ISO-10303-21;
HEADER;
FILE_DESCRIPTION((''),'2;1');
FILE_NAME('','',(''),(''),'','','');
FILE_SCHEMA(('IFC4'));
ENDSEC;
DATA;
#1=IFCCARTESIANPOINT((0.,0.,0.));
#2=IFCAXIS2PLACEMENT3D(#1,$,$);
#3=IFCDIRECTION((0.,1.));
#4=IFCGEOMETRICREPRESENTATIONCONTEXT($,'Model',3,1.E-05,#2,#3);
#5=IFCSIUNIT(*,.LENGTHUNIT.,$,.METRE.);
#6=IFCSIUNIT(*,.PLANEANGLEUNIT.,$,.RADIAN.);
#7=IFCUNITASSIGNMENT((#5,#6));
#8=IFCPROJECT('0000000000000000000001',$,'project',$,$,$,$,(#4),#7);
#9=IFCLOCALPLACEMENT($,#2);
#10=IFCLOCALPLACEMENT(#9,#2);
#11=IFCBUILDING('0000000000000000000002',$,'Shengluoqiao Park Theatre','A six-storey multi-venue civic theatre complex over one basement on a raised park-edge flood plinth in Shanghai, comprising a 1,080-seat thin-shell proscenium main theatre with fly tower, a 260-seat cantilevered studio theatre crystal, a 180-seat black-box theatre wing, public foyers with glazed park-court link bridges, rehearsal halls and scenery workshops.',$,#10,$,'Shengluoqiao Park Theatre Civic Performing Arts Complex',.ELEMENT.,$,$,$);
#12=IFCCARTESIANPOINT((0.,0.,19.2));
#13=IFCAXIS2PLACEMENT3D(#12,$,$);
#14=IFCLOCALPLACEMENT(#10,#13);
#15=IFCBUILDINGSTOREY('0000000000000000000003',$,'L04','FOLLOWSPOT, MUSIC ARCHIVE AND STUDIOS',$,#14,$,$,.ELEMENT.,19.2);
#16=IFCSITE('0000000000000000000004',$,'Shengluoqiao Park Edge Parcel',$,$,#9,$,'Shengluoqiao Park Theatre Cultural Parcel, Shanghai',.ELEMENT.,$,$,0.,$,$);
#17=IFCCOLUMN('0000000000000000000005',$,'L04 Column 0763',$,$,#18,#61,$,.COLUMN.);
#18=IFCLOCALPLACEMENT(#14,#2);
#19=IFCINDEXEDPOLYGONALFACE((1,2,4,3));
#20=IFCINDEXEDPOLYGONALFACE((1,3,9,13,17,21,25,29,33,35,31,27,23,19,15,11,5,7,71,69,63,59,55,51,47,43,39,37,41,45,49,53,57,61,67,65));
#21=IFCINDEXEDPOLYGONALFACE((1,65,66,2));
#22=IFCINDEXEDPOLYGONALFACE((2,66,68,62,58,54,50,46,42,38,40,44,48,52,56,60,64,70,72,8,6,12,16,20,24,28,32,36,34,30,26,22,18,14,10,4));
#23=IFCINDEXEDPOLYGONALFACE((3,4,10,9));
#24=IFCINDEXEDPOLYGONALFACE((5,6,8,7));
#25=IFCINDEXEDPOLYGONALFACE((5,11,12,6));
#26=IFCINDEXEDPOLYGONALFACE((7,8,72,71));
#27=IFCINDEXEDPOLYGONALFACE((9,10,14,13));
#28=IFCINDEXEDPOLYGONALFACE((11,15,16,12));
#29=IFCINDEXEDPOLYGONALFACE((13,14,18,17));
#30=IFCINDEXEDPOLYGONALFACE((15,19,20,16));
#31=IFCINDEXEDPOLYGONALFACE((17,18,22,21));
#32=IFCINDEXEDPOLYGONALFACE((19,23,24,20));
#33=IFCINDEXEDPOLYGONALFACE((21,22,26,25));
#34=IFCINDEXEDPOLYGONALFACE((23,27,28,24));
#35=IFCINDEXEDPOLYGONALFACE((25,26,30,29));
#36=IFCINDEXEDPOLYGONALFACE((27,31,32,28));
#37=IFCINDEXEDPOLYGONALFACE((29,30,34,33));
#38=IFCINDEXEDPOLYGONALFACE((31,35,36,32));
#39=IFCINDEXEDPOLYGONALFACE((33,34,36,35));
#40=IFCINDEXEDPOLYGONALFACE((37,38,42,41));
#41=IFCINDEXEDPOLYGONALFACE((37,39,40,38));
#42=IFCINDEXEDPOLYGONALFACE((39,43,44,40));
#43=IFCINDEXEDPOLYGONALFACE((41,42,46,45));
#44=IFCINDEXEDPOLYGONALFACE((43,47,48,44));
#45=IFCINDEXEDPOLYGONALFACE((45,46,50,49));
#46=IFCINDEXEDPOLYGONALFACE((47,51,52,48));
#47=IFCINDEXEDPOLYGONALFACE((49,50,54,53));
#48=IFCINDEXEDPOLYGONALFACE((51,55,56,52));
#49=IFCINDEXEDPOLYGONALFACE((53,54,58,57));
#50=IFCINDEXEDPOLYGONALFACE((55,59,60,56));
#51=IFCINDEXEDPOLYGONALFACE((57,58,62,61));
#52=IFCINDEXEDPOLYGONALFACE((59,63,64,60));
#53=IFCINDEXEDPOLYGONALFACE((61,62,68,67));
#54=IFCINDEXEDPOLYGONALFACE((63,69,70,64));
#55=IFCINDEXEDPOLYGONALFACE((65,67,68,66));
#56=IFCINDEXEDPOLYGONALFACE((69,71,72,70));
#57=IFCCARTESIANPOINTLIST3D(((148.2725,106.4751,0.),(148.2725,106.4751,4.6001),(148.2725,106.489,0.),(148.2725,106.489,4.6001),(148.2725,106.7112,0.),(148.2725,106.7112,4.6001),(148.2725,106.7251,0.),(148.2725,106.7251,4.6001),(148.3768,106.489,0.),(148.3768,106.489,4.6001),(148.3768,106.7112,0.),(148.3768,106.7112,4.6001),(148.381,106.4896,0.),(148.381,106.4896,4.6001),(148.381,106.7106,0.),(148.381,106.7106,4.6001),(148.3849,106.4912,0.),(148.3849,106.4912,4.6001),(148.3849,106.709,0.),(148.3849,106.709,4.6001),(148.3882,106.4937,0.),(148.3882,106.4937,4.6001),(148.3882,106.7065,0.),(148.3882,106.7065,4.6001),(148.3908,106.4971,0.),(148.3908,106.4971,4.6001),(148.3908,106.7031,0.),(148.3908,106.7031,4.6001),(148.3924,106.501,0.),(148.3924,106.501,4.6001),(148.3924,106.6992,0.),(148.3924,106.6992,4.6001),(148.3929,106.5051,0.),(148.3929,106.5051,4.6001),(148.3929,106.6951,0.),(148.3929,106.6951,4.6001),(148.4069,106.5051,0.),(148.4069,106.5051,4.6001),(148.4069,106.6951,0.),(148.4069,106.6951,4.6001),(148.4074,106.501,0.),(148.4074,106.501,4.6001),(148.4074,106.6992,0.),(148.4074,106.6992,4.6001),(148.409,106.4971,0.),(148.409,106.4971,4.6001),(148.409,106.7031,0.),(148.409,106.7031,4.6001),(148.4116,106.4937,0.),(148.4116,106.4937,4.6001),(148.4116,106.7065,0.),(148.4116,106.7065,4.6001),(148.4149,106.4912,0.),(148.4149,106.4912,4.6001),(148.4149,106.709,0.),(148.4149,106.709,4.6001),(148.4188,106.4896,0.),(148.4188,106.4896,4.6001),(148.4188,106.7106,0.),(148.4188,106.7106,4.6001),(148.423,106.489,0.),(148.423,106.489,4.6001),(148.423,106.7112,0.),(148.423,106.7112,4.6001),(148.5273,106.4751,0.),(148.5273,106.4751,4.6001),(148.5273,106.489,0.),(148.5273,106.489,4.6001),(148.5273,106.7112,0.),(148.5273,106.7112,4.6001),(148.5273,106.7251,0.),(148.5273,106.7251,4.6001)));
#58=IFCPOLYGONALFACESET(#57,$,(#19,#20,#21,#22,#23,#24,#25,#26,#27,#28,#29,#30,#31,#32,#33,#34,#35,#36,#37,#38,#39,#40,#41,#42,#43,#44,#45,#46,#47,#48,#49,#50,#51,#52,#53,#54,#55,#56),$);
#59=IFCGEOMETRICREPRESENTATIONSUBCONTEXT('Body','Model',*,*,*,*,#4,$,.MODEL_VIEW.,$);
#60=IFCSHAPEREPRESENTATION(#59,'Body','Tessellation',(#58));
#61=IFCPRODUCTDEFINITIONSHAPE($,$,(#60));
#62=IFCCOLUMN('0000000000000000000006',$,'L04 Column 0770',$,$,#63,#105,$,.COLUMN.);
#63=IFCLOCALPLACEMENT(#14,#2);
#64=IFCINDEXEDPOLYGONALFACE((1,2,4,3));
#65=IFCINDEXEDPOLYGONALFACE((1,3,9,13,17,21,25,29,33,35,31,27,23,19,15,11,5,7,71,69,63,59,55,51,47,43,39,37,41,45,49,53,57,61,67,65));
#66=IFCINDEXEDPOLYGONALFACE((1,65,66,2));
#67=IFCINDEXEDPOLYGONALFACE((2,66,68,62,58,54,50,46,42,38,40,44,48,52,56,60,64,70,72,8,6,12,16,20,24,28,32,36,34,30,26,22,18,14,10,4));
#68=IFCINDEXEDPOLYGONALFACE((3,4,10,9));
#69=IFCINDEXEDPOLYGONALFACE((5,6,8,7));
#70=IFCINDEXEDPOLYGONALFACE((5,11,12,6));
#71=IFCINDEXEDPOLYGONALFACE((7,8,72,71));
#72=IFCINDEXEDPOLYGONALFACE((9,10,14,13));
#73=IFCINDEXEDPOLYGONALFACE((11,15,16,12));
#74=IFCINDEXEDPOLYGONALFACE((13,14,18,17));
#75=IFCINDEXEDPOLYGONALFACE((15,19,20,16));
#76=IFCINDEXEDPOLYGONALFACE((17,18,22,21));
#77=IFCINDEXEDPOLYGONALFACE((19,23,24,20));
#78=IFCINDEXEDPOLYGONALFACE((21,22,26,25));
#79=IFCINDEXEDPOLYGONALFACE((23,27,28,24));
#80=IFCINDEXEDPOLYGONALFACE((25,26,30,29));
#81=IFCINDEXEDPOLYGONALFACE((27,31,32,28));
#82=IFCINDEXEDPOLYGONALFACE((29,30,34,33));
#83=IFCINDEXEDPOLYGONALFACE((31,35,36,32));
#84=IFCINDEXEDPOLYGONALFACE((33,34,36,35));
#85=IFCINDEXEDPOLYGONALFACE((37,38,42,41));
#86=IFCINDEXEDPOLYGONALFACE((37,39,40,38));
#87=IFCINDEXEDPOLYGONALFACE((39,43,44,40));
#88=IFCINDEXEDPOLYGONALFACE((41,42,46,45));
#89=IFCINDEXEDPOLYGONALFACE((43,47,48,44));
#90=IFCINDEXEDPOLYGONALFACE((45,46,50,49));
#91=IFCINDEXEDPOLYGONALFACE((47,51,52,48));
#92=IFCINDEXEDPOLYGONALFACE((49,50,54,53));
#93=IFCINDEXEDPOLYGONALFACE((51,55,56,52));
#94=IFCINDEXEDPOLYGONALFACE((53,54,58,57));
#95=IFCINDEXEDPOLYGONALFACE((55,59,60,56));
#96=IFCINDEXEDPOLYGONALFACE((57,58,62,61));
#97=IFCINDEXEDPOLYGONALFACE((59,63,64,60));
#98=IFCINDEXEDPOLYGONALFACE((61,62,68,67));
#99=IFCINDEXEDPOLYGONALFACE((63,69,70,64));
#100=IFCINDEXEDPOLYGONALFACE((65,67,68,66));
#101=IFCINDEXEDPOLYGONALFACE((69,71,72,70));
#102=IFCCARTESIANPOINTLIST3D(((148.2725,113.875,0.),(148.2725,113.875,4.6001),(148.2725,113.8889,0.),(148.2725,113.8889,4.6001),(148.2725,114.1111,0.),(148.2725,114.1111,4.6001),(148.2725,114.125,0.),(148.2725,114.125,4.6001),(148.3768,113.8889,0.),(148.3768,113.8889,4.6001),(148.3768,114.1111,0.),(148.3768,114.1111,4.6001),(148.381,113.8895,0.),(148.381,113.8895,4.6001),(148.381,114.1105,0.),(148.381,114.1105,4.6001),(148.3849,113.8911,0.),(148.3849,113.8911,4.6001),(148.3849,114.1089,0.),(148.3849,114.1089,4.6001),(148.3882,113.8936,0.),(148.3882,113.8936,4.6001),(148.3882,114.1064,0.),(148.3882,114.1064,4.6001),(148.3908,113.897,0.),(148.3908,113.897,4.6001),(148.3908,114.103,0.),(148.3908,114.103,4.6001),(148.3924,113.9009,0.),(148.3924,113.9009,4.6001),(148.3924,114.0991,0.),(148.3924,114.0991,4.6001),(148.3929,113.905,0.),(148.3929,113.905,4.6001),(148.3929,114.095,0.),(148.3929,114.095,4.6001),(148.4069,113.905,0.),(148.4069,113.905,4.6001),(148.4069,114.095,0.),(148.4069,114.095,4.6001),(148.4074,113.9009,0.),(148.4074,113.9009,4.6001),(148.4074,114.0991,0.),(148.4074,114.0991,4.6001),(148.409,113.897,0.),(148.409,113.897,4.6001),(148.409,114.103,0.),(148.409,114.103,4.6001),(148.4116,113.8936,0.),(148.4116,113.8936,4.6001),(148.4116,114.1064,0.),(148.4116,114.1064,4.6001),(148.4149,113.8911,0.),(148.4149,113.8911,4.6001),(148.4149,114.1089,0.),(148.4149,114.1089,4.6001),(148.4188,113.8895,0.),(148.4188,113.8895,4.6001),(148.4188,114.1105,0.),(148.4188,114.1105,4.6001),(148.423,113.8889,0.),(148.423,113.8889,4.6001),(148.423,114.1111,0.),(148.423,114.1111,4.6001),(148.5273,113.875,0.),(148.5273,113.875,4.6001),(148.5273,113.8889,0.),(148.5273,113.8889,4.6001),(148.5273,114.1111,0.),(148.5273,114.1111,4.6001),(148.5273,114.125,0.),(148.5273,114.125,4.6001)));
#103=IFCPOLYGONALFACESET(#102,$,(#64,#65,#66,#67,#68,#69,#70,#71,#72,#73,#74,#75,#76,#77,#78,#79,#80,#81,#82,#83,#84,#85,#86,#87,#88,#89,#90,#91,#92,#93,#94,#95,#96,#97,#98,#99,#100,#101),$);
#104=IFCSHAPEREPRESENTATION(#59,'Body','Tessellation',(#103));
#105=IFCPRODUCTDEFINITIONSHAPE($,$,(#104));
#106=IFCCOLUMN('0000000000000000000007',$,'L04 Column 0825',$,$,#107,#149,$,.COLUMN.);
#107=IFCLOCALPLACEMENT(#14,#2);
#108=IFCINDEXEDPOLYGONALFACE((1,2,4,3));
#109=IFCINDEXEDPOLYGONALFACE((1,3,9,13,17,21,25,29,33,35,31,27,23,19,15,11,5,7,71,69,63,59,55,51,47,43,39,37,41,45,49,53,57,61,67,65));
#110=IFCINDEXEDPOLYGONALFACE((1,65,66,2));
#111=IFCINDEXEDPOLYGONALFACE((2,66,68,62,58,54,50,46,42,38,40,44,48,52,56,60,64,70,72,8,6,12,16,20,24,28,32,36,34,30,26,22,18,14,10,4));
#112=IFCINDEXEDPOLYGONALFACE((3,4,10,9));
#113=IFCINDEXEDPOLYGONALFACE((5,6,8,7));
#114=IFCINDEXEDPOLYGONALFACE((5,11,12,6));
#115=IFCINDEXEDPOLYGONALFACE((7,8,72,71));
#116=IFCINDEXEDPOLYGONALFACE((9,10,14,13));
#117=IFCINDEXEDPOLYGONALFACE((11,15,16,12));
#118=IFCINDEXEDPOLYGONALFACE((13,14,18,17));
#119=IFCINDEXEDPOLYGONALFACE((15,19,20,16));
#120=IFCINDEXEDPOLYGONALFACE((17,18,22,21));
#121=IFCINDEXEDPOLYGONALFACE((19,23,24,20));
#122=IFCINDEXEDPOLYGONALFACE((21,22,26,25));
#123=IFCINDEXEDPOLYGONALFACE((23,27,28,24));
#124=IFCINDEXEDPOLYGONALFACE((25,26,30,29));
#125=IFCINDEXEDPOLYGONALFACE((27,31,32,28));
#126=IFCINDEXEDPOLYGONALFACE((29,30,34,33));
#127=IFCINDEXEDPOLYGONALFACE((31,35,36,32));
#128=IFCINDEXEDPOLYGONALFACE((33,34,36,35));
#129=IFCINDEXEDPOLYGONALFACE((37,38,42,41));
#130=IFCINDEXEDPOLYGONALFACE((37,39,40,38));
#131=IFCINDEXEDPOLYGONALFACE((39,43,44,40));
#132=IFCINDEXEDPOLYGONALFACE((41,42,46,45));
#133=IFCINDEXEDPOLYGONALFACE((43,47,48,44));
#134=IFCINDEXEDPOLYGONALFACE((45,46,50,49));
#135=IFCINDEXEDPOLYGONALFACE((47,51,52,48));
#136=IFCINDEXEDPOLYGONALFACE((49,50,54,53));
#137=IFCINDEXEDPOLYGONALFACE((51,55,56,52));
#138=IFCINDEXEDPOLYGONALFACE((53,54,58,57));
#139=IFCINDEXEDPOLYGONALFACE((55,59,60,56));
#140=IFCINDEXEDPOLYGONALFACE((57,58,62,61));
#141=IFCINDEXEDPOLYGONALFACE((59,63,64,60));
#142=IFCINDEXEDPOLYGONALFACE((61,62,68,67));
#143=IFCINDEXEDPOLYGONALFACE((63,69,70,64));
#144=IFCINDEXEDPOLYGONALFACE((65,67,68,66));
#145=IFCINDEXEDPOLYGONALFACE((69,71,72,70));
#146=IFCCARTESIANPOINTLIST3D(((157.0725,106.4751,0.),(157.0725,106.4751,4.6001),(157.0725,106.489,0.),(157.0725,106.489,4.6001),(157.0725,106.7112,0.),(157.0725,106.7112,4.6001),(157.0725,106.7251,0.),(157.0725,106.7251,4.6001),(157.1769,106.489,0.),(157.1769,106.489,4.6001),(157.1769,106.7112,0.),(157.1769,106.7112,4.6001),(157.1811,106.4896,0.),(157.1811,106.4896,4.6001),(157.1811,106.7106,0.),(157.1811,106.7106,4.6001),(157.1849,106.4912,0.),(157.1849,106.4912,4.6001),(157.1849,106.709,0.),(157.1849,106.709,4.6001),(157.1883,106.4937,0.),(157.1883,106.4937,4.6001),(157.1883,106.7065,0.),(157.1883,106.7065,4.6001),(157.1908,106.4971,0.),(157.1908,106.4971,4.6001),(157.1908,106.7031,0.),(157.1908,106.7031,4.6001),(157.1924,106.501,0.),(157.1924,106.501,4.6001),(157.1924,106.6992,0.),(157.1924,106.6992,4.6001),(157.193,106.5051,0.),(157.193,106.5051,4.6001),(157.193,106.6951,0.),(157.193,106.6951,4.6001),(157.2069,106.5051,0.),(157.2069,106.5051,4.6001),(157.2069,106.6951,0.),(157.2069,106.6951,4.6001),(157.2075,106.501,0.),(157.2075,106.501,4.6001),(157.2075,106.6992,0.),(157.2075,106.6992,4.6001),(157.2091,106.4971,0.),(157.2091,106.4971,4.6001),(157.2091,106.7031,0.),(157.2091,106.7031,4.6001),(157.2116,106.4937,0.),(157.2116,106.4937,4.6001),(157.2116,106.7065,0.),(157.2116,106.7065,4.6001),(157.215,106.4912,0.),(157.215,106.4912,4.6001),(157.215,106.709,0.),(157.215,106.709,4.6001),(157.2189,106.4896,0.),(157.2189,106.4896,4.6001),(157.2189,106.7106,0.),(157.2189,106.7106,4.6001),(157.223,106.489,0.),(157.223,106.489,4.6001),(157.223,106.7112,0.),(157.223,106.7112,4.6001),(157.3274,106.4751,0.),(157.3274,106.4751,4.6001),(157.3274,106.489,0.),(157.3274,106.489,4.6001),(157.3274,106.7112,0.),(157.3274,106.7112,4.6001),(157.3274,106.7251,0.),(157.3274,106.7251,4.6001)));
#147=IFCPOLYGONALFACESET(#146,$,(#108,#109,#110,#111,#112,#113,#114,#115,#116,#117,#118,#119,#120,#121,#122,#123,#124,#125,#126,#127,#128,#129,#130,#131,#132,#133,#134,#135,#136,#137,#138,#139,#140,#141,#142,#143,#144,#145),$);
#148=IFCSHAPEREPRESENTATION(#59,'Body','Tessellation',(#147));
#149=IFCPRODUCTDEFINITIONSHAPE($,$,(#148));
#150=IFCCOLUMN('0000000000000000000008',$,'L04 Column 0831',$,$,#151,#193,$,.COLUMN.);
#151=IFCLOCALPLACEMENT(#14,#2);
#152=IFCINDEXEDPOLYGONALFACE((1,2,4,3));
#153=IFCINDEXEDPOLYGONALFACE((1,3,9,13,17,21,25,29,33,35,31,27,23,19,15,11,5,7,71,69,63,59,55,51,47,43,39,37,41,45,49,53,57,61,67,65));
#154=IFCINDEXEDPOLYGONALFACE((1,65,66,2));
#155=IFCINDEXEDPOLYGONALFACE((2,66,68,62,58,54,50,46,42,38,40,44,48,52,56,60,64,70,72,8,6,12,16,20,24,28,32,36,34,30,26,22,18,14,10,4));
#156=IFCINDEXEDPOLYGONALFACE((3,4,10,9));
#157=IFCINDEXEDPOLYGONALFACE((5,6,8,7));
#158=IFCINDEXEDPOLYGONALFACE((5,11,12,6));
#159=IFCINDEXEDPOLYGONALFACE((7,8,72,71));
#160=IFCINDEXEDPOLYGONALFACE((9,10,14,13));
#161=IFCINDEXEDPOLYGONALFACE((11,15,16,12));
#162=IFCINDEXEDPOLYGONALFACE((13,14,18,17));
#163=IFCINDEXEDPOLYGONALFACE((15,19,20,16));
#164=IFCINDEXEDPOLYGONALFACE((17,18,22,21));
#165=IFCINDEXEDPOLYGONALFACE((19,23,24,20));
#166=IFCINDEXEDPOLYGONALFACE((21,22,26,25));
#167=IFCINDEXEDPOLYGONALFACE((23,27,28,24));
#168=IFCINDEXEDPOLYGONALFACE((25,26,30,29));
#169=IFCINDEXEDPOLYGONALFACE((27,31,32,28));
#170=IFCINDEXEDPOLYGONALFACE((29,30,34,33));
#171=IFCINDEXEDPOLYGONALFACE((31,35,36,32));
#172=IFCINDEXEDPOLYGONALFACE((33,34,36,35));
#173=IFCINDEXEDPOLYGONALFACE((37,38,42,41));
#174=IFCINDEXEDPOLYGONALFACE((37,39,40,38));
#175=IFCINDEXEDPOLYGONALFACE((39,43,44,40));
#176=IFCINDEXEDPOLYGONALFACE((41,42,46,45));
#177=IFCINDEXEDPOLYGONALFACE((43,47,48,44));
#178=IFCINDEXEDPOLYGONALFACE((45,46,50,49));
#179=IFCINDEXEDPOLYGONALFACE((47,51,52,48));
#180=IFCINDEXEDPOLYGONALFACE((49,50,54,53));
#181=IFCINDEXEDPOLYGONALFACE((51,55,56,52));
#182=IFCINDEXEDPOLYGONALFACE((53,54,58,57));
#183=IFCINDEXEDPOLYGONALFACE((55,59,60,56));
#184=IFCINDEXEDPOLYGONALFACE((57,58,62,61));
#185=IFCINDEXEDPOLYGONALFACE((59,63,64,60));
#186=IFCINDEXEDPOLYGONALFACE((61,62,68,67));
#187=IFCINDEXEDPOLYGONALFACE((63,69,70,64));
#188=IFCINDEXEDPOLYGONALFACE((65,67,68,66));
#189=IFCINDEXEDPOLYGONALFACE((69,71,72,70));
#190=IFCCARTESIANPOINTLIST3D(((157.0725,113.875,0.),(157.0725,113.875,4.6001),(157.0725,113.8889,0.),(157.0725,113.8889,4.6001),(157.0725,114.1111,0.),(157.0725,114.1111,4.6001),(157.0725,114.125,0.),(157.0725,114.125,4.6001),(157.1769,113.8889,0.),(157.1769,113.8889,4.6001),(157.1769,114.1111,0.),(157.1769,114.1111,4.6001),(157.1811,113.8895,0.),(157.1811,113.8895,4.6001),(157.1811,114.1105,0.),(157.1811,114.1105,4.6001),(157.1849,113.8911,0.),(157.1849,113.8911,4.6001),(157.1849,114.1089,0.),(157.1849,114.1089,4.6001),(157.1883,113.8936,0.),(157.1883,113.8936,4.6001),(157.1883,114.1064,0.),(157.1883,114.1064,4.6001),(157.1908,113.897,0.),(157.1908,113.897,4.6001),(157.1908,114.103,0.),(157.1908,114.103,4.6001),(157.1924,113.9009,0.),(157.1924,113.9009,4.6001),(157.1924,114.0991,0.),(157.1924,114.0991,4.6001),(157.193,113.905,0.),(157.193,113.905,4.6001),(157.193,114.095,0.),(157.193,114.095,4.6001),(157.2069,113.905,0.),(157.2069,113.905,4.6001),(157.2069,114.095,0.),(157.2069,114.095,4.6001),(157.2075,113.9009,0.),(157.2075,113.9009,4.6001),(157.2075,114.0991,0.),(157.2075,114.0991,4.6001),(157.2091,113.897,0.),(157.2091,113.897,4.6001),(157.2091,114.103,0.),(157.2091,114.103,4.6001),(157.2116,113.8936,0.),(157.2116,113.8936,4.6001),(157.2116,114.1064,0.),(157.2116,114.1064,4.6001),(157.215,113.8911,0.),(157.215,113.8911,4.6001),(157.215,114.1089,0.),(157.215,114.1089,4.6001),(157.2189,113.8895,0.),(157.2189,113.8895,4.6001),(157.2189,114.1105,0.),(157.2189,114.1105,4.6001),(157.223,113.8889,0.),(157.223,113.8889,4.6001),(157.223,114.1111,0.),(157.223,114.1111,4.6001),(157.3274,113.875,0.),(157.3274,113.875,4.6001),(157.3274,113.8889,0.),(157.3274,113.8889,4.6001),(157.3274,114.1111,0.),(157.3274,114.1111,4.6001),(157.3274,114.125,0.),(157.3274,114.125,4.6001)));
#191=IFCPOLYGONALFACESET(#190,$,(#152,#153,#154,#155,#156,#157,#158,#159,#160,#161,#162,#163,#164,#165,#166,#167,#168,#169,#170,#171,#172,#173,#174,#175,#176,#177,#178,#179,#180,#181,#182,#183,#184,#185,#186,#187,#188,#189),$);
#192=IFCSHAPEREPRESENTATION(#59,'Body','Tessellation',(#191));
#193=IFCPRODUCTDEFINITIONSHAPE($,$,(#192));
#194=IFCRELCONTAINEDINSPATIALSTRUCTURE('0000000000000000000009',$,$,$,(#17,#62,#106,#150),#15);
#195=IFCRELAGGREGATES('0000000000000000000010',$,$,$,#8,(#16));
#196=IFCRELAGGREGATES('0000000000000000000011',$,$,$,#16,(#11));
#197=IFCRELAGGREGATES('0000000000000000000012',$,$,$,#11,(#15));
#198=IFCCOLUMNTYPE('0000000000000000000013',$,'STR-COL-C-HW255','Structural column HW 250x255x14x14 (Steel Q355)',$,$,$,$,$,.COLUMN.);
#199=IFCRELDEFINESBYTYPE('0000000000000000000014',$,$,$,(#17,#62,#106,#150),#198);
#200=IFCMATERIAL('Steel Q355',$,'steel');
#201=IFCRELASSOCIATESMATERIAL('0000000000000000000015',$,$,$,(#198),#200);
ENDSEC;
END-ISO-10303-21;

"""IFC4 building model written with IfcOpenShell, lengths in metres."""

from ifc_helpers import new_model, si_unit, direction, frame, origin, origin_2d, place, context, subcontext, project, spatial, i_section, extrude, material, material_profile, profile_set, type_object, element, save


model = new_model("IFC4")

# Units and contexts
model_context = context("Model", 3, precision=1e-05, world=origin(), true_north=direction((0.0, 1.0)))
body_context = subcontext(model_context, "Body", "Model", "MODEL_VIEW")
ifc_project = project(units=[si_unit("LENGTHUNIT", "METRE"), si_unit("PLANEANGLEUNIT", "RADIAN")], contexts=[model_context])

# Site, building, storey
site_placement = place(None, origin())
site = spatial("IfcSite", under=ifc_project, at=site_placement, Name="Shengluoqiao Park Edge Parcel", LongName="Shengluoqiao Park Theatre Cultural Parcel, Shanghai", CompositionType="ELEMENT", RefElevation=0.0)
building_placement = place(site_placement, origin())
building = spatial("IfcBuilding", under=site, at=building_placement, Name="Shengluoqiao Park Theatre", Description="A six-storey multi-venue civic theatre complex over one basement on a raised park-edge flood plinth in Shanghai, comprising a 1,080-seat thin-shell proscenium main theatre with fly tower, a 260-seat cantilevered studio theatre crystal, a 180-seat black-box theatre wing, public foyers with glazed park-court link bridges, rehearsal halls and scenery workshops.", LongName="Shengluoqiao Park Theatre Civic Performing Arts Complex", CompositionType="ELEMENT")
storey_placement = place(building_placement, frame((0.0, 0.0, 19.2)))
storey = spatial("IfcBuildingStorey", under=building, at=storey_placement, Name="L04", Description="FOLLOWSPOT, MUSIC ARCHIVE AND STUDIOS", CompositionType="ELEMENT", Elevation=19.2)

# Columns
ifc_material_1 = material(Name="Steel Q355", Category="steel")
ifc_material_profile_1 = material_profile(ifc_material_1, i_section(OverallWidth=0.2549, OverallDepth=0.25, WebThickness=0.0139, FlangeThickness=0.0139, FilletRadius=0.0161, at=origin_2d()), Name="HW 250x255x14x14")
ifc_profile_set_1 = profile_set([ifc_material_profile_1], Name="Steel Q355")
column_type = type_object("IfcColumnType", Name="STR-COL-C-HW255", Description="Structural column HW 250x255x14x14 (Steel Q355)", PredefinedType="COLUMN", material=ifc_profile_set_1)
for number, where, z_axis, x_axis, name in (
    (1, (148.3999, 106.6001, 0.0), (0.0, 0.0, 1.0), (1.0, 0.0, 0.0), "L04 Column 0763"),
    (2, (148.3999, 114.0, 0.0), (0.0, 0.0, 1.0), (1.0, 0.0, 0.0), "L04 Column 0770"),
    (3, (157.2, 106.6001, 0.0), (0.0, 0.0, 1.0), (1.0, 0.0, 0.0), "L04 Column 0825"),
    (4, (157.2, 114.0, 0.0), (0.0, 0.0, 1.0), (1.0, 0.0, 0.0), "L04 Column 0831"),
):
    element("IfcColumn", number, at=place(storey_placement, frame(where, z_axis=z_axis, x_axis=x_axis)), inside=storey, type_object=column_type, Name=name, PredefinedType="COLUMN", context=body_context, shape_type="SweptSolid", body=[
        extrude(i_section(OverallWidth=0.2549, OverallDepth=0.25, WebThickness=0.0139, FlangeThickness=0.0139, FilletRadius=0.0161, at=origin_2d()), origin(), (0.0, 0.0, 1.0), 4.6001),
    ])

save(model, "model.ifc")
